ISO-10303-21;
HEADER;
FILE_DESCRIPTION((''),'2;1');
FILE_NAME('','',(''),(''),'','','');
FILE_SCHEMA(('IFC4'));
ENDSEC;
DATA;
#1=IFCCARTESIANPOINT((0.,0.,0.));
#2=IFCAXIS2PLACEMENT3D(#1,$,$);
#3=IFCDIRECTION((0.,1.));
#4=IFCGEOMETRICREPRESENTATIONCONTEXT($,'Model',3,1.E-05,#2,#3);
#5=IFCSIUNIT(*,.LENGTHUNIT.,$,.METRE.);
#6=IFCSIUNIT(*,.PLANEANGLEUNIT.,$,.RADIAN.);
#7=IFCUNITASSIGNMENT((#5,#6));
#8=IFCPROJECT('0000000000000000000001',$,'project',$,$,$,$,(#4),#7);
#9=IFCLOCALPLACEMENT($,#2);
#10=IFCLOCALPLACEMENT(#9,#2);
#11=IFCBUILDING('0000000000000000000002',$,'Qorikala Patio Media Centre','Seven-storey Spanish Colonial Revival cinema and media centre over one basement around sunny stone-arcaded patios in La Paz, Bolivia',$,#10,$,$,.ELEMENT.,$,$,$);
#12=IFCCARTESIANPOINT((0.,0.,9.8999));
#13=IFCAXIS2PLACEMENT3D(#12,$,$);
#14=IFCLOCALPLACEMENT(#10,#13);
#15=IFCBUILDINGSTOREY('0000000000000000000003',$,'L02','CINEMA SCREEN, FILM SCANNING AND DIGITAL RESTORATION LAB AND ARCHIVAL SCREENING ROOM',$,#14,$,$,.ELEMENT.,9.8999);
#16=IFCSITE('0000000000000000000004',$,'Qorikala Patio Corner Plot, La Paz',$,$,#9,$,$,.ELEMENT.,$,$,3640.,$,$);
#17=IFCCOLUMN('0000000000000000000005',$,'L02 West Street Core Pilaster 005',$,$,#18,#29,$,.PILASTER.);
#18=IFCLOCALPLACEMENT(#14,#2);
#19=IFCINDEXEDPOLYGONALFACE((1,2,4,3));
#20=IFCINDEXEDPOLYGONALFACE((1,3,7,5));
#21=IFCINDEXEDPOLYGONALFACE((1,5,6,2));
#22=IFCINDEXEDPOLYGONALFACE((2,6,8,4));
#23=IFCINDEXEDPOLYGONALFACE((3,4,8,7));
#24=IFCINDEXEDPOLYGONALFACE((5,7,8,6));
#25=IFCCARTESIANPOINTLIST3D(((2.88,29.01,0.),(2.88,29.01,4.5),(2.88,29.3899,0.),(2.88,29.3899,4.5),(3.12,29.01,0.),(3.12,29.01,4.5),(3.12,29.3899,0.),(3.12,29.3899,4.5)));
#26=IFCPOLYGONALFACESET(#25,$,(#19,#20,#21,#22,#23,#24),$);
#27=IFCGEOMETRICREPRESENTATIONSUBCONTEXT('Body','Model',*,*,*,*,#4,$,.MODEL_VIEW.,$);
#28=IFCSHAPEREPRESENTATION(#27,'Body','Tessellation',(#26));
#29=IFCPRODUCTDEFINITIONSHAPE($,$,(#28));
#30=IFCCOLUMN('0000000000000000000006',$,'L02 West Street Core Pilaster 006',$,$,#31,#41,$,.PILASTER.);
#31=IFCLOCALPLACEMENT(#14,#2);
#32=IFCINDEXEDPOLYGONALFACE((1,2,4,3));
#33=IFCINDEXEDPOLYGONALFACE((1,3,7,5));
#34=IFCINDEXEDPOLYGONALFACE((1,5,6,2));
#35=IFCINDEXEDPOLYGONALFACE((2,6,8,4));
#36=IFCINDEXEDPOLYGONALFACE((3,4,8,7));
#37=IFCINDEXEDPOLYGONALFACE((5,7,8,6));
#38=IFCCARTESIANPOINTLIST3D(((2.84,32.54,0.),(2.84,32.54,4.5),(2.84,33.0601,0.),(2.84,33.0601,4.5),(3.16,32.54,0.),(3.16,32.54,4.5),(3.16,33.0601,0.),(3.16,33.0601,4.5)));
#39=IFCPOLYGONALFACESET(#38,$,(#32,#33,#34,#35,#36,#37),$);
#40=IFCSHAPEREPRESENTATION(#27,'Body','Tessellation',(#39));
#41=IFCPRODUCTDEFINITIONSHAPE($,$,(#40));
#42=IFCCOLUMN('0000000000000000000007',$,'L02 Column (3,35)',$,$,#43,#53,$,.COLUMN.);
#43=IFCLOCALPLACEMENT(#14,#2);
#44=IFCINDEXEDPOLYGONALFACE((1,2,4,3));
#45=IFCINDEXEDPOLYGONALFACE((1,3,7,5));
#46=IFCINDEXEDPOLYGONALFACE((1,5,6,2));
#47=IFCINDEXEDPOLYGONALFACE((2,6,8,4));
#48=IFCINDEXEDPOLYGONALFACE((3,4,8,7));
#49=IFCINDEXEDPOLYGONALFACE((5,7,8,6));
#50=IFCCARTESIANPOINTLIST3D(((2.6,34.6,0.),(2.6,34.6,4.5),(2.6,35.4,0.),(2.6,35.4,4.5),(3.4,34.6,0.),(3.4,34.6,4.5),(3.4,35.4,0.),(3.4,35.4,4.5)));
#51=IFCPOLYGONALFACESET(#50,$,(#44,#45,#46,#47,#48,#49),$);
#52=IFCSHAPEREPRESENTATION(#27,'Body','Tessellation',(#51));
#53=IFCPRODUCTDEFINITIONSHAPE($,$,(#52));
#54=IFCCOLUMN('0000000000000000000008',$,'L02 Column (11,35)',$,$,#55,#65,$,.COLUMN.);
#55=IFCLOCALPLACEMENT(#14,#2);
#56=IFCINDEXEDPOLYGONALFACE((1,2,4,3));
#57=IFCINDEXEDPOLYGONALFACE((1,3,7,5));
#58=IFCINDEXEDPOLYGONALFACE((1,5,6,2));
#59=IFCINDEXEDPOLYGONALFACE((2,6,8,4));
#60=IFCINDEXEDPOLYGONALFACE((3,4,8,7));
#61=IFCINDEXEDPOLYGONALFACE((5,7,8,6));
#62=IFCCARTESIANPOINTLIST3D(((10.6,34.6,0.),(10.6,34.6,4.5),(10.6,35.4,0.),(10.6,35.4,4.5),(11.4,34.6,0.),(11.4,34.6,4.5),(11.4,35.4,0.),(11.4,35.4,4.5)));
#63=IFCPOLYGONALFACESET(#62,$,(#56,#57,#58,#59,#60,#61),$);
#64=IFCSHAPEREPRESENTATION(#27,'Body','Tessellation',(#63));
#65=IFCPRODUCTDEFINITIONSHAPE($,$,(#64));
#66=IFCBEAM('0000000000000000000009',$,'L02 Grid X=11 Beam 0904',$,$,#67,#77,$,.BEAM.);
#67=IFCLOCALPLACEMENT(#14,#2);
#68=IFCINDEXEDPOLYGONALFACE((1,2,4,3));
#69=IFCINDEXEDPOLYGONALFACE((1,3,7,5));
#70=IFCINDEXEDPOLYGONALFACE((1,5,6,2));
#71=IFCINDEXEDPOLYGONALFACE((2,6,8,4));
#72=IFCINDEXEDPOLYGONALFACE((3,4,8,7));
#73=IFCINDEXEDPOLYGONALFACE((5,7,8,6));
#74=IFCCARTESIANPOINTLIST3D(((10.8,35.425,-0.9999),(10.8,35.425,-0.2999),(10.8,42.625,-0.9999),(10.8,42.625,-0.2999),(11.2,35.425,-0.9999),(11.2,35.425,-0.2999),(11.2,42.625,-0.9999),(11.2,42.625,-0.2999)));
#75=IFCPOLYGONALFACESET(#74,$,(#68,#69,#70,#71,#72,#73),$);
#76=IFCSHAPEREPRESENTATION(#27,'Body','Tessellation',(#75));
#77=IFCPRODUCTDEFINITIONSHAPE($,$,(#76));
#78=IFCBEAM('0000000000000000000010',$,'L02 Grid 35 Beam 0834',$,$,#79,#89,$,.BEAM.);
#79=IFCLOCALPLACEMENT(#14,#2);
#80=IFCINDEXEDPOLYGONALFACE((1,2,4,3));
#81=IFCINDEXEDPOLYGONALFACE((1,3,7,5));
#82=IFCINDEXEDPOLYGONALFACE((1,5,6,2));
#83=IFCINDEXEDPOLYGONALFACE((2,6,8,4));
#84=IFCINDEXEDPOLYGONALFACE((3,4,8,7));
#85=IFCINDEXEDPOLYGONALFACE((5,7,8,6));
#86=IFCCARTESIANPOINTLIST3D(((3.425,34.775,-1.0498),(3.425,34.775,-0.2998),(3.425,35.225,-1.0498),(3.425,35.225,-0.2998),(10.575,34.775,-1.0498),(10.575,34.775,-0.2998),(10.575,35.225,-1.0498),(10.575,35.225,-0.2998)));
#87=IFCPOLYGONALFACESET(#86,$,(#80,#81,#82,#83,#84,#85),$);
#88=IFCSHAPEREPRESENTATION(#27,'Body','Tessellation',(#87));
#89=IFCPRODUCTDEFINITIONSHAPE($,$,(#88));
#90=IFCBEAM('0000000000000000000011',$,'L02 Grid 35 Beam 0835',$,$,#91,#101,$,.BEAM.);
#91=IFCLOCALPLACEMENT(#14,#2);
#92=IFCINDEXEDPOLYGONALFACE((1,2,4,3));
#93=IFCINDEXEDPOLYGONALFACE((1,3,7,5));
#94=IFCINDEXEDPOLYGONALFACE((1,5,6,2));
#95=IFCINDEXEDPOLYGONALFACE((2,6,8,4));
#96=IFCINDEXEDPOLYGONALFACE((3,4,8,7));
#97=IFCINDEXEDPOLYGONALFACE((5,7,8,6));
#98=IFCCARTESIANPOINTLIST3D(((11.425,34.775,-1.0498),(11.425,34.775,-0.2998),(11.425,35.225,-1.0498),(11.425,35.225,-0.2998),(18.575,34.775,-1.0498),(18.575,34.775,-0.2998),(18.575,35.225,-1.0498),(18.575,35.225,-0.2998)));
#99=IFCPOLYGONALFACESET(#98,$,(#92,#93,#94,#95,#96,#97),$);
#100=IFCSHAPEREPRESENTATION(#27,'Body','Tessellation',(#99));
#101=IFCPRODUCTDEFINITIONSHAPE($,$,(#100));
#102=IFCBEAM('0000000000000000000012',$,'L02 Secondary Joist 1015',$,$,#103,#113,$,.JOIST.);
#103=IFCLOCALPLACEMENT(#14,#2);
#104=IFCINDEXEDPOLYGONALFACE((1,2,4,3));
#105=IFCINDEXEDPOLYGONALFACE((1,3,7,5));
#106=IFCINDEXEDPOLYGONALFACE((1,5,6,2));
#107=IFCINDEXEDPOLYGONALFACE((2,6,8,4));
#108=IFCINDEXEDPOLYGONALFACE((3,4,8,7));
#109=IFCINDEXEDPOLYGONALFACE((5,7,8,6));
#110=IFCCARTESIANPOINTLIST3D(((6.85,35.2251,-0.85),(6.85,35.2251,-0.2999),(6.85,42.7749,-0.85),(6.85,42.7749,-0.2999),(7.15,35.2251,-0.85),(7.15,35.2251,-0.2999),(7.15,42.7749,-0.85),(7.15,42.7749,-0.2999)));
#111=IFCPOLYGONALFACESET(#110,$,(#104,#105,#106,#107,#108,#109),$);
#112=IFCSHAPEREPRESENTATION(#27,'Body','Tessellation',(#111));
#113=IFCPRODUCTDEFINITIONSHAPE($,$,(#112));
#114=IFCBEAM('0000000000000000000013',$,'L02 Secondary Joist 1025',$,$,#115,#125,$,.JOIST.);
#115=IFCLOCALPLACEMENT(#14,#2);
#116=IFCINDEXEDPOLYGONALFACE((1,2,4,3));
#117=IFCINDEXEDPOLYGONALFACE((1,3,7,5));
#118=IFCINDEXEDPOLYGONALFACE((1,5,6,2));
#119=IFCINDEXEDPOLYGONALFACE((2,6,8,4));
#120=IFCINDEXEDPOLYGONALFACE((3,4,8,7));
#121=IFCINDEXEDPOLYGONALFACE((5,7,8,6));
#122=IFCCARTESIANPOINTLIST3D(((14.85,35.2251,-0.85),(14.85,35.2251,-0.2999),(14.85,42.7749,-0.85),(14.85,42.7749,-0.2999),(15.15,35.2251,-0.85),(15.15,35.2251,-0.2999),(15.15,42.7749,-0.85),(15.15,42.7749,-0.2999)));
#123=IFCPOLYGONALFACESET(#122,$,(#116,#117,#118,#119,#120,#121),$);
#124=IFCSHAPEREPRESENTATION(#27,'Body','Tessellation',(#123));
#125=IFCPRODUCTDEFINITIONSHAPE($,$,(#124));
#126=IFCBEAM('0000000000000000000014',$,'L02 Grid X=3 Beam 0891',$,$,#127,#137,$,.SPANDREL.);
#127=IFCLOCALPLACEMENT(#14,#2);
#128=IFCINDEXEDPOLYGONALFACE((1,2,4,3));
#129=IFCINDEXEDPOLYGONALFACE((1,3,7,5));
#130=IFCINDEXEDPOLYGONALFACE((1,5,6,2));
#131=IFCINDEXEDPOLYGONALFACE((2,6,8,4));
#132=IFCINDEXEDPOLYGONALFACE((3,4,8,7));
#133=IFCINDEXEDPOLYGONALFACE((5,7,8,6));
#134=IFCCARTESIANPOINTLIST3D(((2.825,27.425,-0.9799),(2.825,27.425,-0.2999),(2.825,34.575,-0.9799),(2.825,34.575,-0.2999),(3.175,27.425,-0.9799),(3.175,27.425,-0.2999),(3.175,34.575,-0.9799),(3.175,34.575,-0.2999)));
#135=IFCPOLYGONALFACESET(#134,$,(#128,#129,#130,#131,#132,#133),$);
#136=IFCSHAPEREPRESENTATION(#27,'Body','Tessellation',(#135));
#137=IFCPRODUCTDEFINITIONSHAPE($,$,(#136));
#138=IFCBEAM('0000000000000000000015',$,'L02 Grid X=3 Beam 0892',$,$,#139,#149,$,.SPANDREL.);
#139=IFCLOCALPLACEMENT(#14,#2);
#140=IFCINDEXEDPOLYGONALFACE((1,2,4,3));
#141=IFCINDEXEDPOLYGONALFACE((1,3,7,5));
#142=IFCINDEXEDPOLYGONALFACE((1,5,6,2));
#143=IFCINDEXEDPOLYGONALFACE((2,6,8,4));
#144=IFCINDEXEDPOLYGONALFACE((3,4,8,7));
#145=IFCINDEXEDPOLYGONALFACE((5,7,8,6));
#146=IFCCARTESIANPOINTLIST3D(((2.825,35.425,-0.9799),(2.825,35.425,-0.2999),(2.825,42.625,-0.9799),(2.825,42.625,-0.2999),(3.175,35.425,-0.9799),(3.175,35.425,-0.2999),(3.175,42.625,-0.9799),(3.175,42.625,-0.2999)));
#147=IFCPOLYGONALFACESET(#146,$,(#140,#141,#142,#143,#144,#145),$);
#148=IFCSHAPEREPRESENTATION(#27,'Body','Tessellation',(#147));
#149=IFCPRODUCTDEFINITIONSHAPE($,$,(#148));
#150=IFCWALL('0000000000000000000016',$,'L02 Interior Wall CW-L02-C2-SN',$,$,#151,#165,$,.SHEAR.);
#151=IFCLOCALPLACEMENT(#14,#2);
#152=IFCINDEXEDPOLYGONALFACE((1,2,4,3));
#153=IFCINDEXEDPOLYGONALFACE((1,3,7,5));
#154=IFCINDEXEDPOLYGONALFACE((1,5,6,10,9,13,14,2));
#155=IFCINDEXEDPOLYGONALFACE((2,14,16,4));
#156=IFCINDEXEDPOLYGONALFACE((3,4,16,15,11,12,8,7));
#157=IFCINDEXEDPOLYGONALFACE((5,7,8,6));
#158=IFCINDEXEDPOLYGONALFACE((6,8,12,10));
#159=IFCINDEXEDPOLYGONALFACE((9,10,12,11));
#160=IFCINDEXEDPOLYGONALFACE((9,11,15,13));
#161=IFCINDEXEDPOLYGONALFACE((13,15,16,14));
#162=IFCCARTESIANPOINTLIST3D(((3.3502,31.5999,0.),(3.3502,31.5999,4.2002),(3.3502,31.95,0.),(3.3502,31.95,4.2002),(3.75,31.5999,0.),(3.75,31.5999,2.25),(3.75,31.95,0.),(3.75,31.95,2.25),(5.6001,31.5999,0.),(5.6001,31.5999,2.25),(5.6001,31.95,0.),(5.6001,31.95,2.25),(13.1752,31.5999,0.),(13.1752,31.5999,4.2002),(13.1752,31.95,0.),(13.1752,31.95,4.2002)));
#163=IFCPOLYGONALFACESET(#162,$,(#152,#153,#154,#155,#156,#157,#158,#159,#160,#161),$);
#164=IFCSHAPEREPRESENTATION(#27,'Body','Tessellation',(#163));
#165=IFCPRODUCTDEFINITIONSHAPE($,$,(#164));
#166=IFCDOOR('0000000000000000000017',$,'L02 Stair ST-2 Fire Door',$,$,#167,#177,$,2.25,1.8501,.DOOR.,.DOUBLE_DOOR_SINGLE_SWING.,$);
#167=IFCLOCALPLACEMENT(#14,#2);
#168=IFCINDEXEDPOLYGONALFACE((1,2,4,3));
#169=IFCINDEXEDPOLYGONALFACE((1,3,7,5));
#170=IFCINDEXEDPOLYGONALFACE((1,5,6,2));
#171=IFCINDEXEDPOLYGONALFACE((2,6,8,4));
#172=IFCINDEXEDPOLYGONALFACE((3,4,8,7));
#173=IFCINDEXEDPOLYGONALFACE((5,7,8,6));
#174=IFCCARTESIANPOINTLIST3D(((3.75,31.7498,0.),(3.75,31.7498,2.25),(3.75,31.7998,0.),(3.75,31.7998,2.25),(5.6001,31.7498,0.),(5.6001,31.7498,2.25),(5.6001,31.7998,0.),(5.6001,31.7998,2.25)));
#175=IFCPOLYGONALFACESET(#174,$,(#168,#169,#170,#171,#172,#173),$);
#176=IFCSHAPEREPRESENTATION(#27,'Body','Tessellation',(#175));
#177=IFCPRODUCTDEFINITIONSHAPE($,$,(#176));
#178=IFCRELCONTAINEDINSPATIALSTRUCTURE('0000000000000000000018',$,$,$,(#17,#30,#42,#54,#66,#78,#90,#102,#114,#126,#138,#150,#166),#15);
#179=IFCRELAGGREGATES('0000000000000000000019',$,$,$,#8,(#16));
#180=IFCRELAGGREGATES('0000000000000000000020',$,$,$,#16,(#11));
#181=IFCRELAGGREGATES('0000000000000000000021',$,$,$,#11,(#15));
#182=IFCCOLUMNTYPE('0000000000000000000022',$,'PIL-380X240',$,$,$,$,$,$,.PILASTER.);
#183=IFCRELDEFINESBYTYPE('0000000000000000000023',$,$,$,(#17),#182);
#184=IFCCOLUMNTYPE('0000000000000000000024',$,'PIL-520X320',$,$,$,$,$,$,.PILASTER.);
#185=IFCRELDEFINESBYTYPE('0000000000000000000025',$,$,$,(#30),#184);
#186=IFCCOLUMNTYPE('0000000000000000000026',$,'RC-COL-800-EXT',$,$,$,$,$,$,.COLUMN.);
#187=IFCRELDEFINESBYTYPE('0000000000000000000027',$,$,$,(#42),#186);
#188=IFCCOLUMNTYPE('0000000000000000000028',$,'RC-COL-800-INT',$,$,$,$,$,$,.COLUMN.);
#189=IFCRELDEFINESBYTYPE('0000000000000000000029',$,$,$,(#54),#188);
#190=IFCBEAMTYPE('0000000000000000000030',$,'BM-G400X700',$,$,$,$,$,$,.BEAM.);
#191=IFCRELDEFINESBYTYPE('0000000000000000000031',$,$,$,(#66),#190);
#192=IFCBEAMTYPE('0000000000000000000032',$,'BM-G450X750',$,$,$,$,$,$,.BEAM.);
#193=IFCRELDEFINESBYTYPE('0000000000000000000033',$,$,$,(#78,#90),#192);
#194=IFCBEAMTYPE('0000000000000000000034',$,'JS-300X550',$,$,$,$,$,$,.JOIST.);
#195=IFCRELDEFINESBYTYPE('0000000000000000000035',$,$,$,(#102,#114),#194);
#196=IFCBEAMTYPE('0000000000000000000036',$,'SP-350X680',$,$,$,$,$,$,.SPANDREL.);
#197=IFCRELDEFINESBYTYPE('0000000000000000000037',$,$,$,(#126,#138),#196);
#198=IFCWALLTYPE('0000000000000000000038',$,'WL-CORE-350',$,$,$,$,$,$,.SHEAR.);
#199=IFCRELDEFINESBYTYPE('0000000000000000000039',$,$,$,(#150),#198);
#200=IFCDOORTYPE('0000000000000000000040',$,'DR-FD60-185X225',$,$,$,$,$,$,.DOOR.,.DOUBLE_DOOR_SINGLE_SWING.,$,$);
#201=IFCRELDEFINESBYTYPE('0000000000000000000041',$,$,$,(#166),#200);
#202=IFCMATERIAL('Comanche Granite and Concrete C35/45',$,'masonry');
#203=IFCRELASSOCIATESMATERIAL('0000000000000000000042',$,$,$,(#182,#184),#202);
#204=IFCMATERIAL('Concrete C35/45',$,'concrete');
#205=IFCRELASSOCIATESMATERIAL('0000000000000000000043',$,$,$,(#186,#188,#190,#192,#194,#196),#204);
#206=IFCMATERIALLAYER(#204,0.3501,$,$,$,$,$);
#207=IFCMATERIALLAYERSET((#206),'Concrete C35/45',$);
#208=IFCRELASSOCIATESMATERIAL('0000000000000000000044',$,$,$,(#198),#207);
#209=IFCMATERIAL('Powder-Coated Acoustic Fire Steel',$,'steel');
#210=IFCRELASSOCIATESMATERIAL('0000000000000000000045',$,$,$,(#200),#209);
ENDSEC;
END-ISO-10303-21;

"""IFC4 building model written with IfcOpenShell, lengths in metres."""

from ifc_helpers import new_model, si_unit, direction, frame, frame_2d, origin, origin_2d, place, context, subcontext, project, spatial, rectangle, extrude, material, layer, layer_set, material_profile, profile_set, type_object, element, fill, save


model = new_model("IFC4")

# Units and contexts
model_context = context("Model", 3, precision=1e-05, world=origin(), true_north=direction((0.0, 1.0)))
body_context = subcontext(model_context, "Body", "Model", "MODEL_VIEW")
ifc_project = project(units=[si_unit("LENGTHUNIT", "METRE"), si_unit("PLANEANGLEUNIT", "RADIAN")], contexts=[model_context])

# Site, building, storey
site_placement = place(None, origin())
site = spatial("IfcSite", under=ifc_project, at=site_placement, Name="Qorikala Patio Corner Plot, La Paz", CompositionType="ELEMENT", RefElevation=3640.0)
building_placement = place(site_placement, origin())
building = spatial("IfcBuilding", under=site, at=building_placement, Name="Qorikala Patio Media Centre", Description="Seven-storey Spanish Colonial Revival cinema and media centre over one basement around sunny stone-arcaded patios in La Paz, Bolivia", CompositionType="ELEMENT")
storey_placement = place(building_placement, frame((0.0, 0.0, 9.8999)))
storey = spatial("IfcBuildingStorey", under=building, at=storey_placement, Name="L02", Description="CINEMA SCREEN, FILM SCANNING AND DIGITAL RESTORATION LAB AND ARCHIVAL SCREENING ROOM", CompositionType="ELEMENT", Elevation=9.8999)

# Columns
ifc_material_1 = material(Name="Comanche Granite and Concrete C35/45", Category="masonry")
ifc_material_profile_1 = material_profile(ifc_material_1, rectangle(XDim=0.3799, YDim=0.24, at=origin_2d()), Name="PIL 380x240")
ifc_profile_set_1 = profile_set([ifc_material_profile_1], Name="Comanche Granite and Concrete C35/45")
column_type_1 = type_object("IfcColumnType", Name="PIL-380X240", PredefinedType="PILASTER", material=ifc_profile_set_1)
column_1_placement = place(storey_placement, frame((3.0, 29.2, 0.0), z_axis=(0.0, 0.0, 1.0), x_axis=(0.0, 1.0, 0.0)))
element("IfcColumn", 1, at=column_1_placement, inside=storey, type_object=column_type_1, Name="L02 West Street Core Pilaster 005", PredefinedType="PILASTER", context=body_context, shape_type="SweptSolid", body=[
    extrude(rectangle(XDim=0.3799, YDim=0.24, at=origin_2d()), origin(), (0.0, 0.0, 1.0), 4.5),
])
ifc_material_profile_2 = material_profile(ifc_material_1, rectangle(XDim=0.52, YDim=0.3201, at=origin_2d()), Name="PIL 520x320")
ifc_profile_set_2 = profile_set([ifc_material_profile_2], Name="Comanche Granite and Concrete C35/45")
column_type_2 = type_object("IfcColumnType", Name="PIL-520X320", PredefinedType="PILASTER", material=ifc_profile_set_2)
column_2_placement = place(storey_placement, frame((3.0, 32.8, 0.0), z_axis=(0.0, 0.0, 1.0), x_axis=(0.0, 1.0, 0.0)))
element("IfcColumn", 2, at=column_2_placement, inside=storey, type_object=column_type_2, Name="L02 West Street Core Pilaster 006", PredefinedType="PILASTER", context=body_context, shape_type="SweptSolid", body=[
    extrude(rectangle(XDim=0.52, YDim=0.3201, at=origin_2d()), origin(), (0.0, 0.0, 1.0), 4.5),
])
ifc_material_2 = material(Name="Concrete C35/45", Category="concrete")
ifc_material_profile_3 = material_profile(ifc_material_2, rectangle(XDim=0.8, YDim=0.8, at=origin_2d()), Name="RC 800x800")
ifc_profile_set_3 = profile_set([ifc_material_profile_3], Name="Concrete C35/45")
column_type_3 = type_object("IfcColumnType", Name="RC-COL-800-EXT", PredefinedType="COLUMN", material=ifc_profile_set_3)
column_3_placement = place(storey_placement, frame((3.0, 35.0, 0.0), z_axis=(0.0, 0.0, 1.0), x_axis=(1.0, 0.0, 0.0)))
element("IfcColumn", 3, at=column_3_placement, inside=storey, type_object=column_type_3, Name="L02 Column (3,35)", PredefinedType="COLUMN", context=body_context, shape_type="SweptSolid", body=[
    extrude(rectangle(XDim=0.8, YDim=0.8, at=origin_2d()), origin(), (0.0, 0.0, 1.0), 4.5),
])
ifc_material_profile_4 = material_profile(ifc_material_2, rectangle(XDim=0.8, YDim=0.8, at=origin_2d()), Name="RC 800x800")
ifc_profile_set_4 = profile_set([ifc_material_profile_4], Name="Concrete C35/45")
column_type_4 = type_object("IfcColumnType", Name="RC-COL-800-INT", PredefinedType="COLUMN", material=ifc_profile_set_4)
column_4_placement = place(storey_placement, frame((11.0, 35.0, 0.0), z_axis=(0.0, 0.0, 1.0), x_axis=(1.0, 0.0, 0.0)))
element("IfcColumn", 4, at=column_4_placement, inside=storey, type_object=column_type_4, Name="L02 Column (11,35)", PredefinedType="COLUMN", context=body_context, shape_type="SweptSolid", body=[
    extrude(rectangle(XDim=0.8, YDim=0.8, at=origin_2d()), origin(), (0.0, 0.0, 1.0), 4.5),
])

# Beams
ifc_material_profile_5 = material_profile(ifc_material_2, rectangle(XDim=0.3999, YDim=0.7, at=origin_2d()), Name="RC 400x700")
ifc_profile_set_5 = profile_set([ifc_material_profile_5], Name="Concrete C35/45")
beam_type_1 = type_object("IfcBeamType", Name="BM-G400X700", PredefinedType="BEAM", material=ifc_profile_set_5)
beam_1_placement = place(storey_placement, frame((11.0, 35.425, -0.6499), z_axis=(0.0, 1.0, 0.0), x_axis=(-1.0, 0.0, 0.0)))
element("IfcBeam", 5, at=beam_1_placement, inside=storey, type_object=beam_type_1, Name="L02 Grid X=11 Beam 0904", PredefinedType="BEAM", context=body_context, shape_type="SweptSolid", body=[
    extrude(rectangle(XDim=0.3999, YDim=0.7, at=origin_2d()), origin(), (0.0, 0.0, 1.0), 7.2),
])
ifc_material_profile_6 = material_profile(ifc_material_2, rectangle(XDim=0.45, YDim=0.75, at=origin_2d()), Name="RC 450x750")
ifc_profile_set_6 = profile_set([ifc_material_profile_6], Name="Concrete C35/45")
beam_type_2 = type_object("IfcBeamType", Name="BM-G450X750", PredefinedType="BEAM", material=ifc_profile_set_6)
for number, where, z_axis, x_axis, name in (
    (6, (3.425, 35.0, -0.6748), (1.0, 0.0, 0.0), (0.0, 1.0, 0.0), "L02 Grid 35 Beam 0834"),
    (7, (11.425, 35.0, -0.6748), (1.0, 0.0, 0.0), (0.0, 1.0, 0.0), "L02 Grid 35 Beam 0835"),
):
    element("IfcBeam", number, at=place(storey_placement, frame(where, z_axis=z_axis, x_axis=x_axis)), inside=storey, type_object=beam_type_2, Name=name, PredefinedType="BEAM", context=body_context, shape_type="SweptSolid", body=[
        extrude(rectangle(XDim=0.45, YDim=0.75, at=origin_2d()), origin(), (0.0, 0.0, 1.0), 7.1499),
    ])
ifc_material_profile_7 = material_profile(ifc_material_2, rectangle(XDim=0.3, YDim=0.55, at=origin_2d()), Name="RC 300x550")
ifc_profile_set_7 = profile_set([ifc_material_profile_7], Name="Concrete C35/45")
beam_type_3 = type_object("IfcBeamType", Name="JS-300X550", PredefinedType="JOIST", material=ifc_profile_set_7)
for number, where, z_axis, x_axis, name in (
    (8, (7.0, 35.2251, -0.575), (0.0, 1.0, 0.0), (-1.0, 0.0, 0.0), "L02 Secondary Joist 1015"),
    (9, (15.0, 35.2251, -0.575), (0.0, 1.0, 0.0), (-1.0, 0.0, 0.0), "L02 Secondary Joist 1025"),
):
    element("IfcBeam", number, at=place(storey_placement, frame(where, z_axis=z_axis, x_axis=x_axis)), inside=storey, type_object=beam_type_3, Name=name, PredefinedType="JOIST", context=body_context, shape_type="SweptSolid", body=[
        extrude(rectangle(XDim=0.3, YDim=0.55, at=origin_2d()), origin(), (0.0, 0.0, 1.0), 7.5498),
    ])
ifc_material_profile_8 = material_profile(ifc_material_2, rectangle(XDim=0.3501, YDim=0.6799, at=origin_2d()), Name="RC 350x680")
ifc_profile_set_8 = profile_set([ifc_material_profile_8], Name="Concrete C35/45")
beam_type_4 = type_object("IfcBeamType", Name="SP-350X680", PredefinedType="SPANDREL", material=ifc_profile_set_8)
beam_2_placement = place(storey_placement, frame((3.0, 27.425, -0.6399), z_axis=(0.0, 1.0, 0.0), x_axis=(-1.0, 0.0, 0.0)))
element("IfcBeam", 10, at=beam_2_placement, inside=storey, type_object=beam_type_4, Name="L02 Grid X=3 Beam 0891", PredefinedType="SPANDREL", context=body_context, shape_type="SweptSolid", body=[
    extrude(rectangle(XDim=0.3501, YDim=0.6799, at=origin_2d()), origin(), (0.0, 0.0, 1.0), 7.1499),
])
beam_3_placement = place(storey_placement, frame((3.0, 35.425, -0.6399), z_axis=(0.0, 1.0, 0.0), x_axis=(-1.0, 0.0, 0.0)))
element("IfcBeam", 11, at=beam_3_placement, inside=storey, type_object=beam_type_4, Name="L02 Grid X=3 Beam 0892", PredefinedType="SPANDREL", context=body_context, shape_type="SweptSolid", body=[
    extrude(rectangle(XDim=0.3501, YDim=0.6799, at=origin_2d()), origin(), (0.0, 0.0, 1.0), 7.2),
])

# Wall, opening, door
ifc_layer_1 = layer(ifc_material_2, 0.3501)
ifc_layer_set_1 = layer_set([ifc_layer_1], Name="Concrete C35/45")
wall_type_1 = type_object("IfcWallType", Name="WL-CORE-350", PredefinedType="SHEAR", material=ifc_layer_set_1)
wall_1_placement = place(storey_placement, frame((3.3501, 31.7749, 0.0), z_axis=(0.0, 0.0, 1.0), x_axis=(1.0, 0.0, 0.0)))
wall_1 = element("IfcWall", 12, at=wall_1_placement, inside=storey, type_object=wall_type_1, Name="L02 Interior Wall CW-L02-C2-SN", PredefinedType="SHEAR", context=body_context, shape_type="SweptSolid", body=[
    extrude(rectangle(XDim=9.825, YDim=0.3501, at=frame_2d((4.9126, 0.0))), origin(), (0.0, 0.0, 1.0), 4.2002),
])
opening_1_placement = place(wall_1_placement, frame((0.3999, 0.0, 0.0)))
opening_1 = element("IfcOpeningElement", 13, at=opening_1_placement, cuts=wall_1, PredefinedType="OPENING", context=body_context, shape_type="SweptSolid", body=[
    extrude(rectangle(XDim=1.8501, YDim=2.25, at=frame_2d((0.925, 1.125))), frame((0.0, 0.1851, 0.0), z_axis=(0.0, -1.0, 0.0), x_axis=(1.0, 0.0, 0.0)), (0.0, 0.0, 1.0), 0.3701),
])
ifc_material_3 = material(Name="Powder-Coated Acoustic Fire Steel", Category="steel")
door_type_1 = type_object("IfcDoorType", Name="DR-FD60-185X225", OperationType="DOUBLE_DOOR_SINGLE_SWING", PredefinedType="DOOR", material=ifc_material_3)
door_1_placement = place(opening_1_placement, origin())
door_1 = element("IfcDoor", 14, at=door_1_placement, inside=storey, type_object=door_type_1, Name="L02 Stair ST-2 Fire Door", OperationType="DOUBLE_DOOR_SINGLE_SWING", OverallHeight=2.25, OverallWidth=1.8501, PredefinedType="DOOR", context=body_context, shape_type="SweptSolid", body=[
    extrude(rectangle(XDim=1.8501, YDim=2.25, at=frame_2d((0.925, 1.125))), frame((0.0, 0.0249, 0.0), z_axis=(0.0, -1.0, 0.0), x_axis=(1.0, 0.0, 0.0)), (0.0, 0.0, 1.0), 0.05),
])
fill(opening_1, door_1)

save(model, "model.ifc")
